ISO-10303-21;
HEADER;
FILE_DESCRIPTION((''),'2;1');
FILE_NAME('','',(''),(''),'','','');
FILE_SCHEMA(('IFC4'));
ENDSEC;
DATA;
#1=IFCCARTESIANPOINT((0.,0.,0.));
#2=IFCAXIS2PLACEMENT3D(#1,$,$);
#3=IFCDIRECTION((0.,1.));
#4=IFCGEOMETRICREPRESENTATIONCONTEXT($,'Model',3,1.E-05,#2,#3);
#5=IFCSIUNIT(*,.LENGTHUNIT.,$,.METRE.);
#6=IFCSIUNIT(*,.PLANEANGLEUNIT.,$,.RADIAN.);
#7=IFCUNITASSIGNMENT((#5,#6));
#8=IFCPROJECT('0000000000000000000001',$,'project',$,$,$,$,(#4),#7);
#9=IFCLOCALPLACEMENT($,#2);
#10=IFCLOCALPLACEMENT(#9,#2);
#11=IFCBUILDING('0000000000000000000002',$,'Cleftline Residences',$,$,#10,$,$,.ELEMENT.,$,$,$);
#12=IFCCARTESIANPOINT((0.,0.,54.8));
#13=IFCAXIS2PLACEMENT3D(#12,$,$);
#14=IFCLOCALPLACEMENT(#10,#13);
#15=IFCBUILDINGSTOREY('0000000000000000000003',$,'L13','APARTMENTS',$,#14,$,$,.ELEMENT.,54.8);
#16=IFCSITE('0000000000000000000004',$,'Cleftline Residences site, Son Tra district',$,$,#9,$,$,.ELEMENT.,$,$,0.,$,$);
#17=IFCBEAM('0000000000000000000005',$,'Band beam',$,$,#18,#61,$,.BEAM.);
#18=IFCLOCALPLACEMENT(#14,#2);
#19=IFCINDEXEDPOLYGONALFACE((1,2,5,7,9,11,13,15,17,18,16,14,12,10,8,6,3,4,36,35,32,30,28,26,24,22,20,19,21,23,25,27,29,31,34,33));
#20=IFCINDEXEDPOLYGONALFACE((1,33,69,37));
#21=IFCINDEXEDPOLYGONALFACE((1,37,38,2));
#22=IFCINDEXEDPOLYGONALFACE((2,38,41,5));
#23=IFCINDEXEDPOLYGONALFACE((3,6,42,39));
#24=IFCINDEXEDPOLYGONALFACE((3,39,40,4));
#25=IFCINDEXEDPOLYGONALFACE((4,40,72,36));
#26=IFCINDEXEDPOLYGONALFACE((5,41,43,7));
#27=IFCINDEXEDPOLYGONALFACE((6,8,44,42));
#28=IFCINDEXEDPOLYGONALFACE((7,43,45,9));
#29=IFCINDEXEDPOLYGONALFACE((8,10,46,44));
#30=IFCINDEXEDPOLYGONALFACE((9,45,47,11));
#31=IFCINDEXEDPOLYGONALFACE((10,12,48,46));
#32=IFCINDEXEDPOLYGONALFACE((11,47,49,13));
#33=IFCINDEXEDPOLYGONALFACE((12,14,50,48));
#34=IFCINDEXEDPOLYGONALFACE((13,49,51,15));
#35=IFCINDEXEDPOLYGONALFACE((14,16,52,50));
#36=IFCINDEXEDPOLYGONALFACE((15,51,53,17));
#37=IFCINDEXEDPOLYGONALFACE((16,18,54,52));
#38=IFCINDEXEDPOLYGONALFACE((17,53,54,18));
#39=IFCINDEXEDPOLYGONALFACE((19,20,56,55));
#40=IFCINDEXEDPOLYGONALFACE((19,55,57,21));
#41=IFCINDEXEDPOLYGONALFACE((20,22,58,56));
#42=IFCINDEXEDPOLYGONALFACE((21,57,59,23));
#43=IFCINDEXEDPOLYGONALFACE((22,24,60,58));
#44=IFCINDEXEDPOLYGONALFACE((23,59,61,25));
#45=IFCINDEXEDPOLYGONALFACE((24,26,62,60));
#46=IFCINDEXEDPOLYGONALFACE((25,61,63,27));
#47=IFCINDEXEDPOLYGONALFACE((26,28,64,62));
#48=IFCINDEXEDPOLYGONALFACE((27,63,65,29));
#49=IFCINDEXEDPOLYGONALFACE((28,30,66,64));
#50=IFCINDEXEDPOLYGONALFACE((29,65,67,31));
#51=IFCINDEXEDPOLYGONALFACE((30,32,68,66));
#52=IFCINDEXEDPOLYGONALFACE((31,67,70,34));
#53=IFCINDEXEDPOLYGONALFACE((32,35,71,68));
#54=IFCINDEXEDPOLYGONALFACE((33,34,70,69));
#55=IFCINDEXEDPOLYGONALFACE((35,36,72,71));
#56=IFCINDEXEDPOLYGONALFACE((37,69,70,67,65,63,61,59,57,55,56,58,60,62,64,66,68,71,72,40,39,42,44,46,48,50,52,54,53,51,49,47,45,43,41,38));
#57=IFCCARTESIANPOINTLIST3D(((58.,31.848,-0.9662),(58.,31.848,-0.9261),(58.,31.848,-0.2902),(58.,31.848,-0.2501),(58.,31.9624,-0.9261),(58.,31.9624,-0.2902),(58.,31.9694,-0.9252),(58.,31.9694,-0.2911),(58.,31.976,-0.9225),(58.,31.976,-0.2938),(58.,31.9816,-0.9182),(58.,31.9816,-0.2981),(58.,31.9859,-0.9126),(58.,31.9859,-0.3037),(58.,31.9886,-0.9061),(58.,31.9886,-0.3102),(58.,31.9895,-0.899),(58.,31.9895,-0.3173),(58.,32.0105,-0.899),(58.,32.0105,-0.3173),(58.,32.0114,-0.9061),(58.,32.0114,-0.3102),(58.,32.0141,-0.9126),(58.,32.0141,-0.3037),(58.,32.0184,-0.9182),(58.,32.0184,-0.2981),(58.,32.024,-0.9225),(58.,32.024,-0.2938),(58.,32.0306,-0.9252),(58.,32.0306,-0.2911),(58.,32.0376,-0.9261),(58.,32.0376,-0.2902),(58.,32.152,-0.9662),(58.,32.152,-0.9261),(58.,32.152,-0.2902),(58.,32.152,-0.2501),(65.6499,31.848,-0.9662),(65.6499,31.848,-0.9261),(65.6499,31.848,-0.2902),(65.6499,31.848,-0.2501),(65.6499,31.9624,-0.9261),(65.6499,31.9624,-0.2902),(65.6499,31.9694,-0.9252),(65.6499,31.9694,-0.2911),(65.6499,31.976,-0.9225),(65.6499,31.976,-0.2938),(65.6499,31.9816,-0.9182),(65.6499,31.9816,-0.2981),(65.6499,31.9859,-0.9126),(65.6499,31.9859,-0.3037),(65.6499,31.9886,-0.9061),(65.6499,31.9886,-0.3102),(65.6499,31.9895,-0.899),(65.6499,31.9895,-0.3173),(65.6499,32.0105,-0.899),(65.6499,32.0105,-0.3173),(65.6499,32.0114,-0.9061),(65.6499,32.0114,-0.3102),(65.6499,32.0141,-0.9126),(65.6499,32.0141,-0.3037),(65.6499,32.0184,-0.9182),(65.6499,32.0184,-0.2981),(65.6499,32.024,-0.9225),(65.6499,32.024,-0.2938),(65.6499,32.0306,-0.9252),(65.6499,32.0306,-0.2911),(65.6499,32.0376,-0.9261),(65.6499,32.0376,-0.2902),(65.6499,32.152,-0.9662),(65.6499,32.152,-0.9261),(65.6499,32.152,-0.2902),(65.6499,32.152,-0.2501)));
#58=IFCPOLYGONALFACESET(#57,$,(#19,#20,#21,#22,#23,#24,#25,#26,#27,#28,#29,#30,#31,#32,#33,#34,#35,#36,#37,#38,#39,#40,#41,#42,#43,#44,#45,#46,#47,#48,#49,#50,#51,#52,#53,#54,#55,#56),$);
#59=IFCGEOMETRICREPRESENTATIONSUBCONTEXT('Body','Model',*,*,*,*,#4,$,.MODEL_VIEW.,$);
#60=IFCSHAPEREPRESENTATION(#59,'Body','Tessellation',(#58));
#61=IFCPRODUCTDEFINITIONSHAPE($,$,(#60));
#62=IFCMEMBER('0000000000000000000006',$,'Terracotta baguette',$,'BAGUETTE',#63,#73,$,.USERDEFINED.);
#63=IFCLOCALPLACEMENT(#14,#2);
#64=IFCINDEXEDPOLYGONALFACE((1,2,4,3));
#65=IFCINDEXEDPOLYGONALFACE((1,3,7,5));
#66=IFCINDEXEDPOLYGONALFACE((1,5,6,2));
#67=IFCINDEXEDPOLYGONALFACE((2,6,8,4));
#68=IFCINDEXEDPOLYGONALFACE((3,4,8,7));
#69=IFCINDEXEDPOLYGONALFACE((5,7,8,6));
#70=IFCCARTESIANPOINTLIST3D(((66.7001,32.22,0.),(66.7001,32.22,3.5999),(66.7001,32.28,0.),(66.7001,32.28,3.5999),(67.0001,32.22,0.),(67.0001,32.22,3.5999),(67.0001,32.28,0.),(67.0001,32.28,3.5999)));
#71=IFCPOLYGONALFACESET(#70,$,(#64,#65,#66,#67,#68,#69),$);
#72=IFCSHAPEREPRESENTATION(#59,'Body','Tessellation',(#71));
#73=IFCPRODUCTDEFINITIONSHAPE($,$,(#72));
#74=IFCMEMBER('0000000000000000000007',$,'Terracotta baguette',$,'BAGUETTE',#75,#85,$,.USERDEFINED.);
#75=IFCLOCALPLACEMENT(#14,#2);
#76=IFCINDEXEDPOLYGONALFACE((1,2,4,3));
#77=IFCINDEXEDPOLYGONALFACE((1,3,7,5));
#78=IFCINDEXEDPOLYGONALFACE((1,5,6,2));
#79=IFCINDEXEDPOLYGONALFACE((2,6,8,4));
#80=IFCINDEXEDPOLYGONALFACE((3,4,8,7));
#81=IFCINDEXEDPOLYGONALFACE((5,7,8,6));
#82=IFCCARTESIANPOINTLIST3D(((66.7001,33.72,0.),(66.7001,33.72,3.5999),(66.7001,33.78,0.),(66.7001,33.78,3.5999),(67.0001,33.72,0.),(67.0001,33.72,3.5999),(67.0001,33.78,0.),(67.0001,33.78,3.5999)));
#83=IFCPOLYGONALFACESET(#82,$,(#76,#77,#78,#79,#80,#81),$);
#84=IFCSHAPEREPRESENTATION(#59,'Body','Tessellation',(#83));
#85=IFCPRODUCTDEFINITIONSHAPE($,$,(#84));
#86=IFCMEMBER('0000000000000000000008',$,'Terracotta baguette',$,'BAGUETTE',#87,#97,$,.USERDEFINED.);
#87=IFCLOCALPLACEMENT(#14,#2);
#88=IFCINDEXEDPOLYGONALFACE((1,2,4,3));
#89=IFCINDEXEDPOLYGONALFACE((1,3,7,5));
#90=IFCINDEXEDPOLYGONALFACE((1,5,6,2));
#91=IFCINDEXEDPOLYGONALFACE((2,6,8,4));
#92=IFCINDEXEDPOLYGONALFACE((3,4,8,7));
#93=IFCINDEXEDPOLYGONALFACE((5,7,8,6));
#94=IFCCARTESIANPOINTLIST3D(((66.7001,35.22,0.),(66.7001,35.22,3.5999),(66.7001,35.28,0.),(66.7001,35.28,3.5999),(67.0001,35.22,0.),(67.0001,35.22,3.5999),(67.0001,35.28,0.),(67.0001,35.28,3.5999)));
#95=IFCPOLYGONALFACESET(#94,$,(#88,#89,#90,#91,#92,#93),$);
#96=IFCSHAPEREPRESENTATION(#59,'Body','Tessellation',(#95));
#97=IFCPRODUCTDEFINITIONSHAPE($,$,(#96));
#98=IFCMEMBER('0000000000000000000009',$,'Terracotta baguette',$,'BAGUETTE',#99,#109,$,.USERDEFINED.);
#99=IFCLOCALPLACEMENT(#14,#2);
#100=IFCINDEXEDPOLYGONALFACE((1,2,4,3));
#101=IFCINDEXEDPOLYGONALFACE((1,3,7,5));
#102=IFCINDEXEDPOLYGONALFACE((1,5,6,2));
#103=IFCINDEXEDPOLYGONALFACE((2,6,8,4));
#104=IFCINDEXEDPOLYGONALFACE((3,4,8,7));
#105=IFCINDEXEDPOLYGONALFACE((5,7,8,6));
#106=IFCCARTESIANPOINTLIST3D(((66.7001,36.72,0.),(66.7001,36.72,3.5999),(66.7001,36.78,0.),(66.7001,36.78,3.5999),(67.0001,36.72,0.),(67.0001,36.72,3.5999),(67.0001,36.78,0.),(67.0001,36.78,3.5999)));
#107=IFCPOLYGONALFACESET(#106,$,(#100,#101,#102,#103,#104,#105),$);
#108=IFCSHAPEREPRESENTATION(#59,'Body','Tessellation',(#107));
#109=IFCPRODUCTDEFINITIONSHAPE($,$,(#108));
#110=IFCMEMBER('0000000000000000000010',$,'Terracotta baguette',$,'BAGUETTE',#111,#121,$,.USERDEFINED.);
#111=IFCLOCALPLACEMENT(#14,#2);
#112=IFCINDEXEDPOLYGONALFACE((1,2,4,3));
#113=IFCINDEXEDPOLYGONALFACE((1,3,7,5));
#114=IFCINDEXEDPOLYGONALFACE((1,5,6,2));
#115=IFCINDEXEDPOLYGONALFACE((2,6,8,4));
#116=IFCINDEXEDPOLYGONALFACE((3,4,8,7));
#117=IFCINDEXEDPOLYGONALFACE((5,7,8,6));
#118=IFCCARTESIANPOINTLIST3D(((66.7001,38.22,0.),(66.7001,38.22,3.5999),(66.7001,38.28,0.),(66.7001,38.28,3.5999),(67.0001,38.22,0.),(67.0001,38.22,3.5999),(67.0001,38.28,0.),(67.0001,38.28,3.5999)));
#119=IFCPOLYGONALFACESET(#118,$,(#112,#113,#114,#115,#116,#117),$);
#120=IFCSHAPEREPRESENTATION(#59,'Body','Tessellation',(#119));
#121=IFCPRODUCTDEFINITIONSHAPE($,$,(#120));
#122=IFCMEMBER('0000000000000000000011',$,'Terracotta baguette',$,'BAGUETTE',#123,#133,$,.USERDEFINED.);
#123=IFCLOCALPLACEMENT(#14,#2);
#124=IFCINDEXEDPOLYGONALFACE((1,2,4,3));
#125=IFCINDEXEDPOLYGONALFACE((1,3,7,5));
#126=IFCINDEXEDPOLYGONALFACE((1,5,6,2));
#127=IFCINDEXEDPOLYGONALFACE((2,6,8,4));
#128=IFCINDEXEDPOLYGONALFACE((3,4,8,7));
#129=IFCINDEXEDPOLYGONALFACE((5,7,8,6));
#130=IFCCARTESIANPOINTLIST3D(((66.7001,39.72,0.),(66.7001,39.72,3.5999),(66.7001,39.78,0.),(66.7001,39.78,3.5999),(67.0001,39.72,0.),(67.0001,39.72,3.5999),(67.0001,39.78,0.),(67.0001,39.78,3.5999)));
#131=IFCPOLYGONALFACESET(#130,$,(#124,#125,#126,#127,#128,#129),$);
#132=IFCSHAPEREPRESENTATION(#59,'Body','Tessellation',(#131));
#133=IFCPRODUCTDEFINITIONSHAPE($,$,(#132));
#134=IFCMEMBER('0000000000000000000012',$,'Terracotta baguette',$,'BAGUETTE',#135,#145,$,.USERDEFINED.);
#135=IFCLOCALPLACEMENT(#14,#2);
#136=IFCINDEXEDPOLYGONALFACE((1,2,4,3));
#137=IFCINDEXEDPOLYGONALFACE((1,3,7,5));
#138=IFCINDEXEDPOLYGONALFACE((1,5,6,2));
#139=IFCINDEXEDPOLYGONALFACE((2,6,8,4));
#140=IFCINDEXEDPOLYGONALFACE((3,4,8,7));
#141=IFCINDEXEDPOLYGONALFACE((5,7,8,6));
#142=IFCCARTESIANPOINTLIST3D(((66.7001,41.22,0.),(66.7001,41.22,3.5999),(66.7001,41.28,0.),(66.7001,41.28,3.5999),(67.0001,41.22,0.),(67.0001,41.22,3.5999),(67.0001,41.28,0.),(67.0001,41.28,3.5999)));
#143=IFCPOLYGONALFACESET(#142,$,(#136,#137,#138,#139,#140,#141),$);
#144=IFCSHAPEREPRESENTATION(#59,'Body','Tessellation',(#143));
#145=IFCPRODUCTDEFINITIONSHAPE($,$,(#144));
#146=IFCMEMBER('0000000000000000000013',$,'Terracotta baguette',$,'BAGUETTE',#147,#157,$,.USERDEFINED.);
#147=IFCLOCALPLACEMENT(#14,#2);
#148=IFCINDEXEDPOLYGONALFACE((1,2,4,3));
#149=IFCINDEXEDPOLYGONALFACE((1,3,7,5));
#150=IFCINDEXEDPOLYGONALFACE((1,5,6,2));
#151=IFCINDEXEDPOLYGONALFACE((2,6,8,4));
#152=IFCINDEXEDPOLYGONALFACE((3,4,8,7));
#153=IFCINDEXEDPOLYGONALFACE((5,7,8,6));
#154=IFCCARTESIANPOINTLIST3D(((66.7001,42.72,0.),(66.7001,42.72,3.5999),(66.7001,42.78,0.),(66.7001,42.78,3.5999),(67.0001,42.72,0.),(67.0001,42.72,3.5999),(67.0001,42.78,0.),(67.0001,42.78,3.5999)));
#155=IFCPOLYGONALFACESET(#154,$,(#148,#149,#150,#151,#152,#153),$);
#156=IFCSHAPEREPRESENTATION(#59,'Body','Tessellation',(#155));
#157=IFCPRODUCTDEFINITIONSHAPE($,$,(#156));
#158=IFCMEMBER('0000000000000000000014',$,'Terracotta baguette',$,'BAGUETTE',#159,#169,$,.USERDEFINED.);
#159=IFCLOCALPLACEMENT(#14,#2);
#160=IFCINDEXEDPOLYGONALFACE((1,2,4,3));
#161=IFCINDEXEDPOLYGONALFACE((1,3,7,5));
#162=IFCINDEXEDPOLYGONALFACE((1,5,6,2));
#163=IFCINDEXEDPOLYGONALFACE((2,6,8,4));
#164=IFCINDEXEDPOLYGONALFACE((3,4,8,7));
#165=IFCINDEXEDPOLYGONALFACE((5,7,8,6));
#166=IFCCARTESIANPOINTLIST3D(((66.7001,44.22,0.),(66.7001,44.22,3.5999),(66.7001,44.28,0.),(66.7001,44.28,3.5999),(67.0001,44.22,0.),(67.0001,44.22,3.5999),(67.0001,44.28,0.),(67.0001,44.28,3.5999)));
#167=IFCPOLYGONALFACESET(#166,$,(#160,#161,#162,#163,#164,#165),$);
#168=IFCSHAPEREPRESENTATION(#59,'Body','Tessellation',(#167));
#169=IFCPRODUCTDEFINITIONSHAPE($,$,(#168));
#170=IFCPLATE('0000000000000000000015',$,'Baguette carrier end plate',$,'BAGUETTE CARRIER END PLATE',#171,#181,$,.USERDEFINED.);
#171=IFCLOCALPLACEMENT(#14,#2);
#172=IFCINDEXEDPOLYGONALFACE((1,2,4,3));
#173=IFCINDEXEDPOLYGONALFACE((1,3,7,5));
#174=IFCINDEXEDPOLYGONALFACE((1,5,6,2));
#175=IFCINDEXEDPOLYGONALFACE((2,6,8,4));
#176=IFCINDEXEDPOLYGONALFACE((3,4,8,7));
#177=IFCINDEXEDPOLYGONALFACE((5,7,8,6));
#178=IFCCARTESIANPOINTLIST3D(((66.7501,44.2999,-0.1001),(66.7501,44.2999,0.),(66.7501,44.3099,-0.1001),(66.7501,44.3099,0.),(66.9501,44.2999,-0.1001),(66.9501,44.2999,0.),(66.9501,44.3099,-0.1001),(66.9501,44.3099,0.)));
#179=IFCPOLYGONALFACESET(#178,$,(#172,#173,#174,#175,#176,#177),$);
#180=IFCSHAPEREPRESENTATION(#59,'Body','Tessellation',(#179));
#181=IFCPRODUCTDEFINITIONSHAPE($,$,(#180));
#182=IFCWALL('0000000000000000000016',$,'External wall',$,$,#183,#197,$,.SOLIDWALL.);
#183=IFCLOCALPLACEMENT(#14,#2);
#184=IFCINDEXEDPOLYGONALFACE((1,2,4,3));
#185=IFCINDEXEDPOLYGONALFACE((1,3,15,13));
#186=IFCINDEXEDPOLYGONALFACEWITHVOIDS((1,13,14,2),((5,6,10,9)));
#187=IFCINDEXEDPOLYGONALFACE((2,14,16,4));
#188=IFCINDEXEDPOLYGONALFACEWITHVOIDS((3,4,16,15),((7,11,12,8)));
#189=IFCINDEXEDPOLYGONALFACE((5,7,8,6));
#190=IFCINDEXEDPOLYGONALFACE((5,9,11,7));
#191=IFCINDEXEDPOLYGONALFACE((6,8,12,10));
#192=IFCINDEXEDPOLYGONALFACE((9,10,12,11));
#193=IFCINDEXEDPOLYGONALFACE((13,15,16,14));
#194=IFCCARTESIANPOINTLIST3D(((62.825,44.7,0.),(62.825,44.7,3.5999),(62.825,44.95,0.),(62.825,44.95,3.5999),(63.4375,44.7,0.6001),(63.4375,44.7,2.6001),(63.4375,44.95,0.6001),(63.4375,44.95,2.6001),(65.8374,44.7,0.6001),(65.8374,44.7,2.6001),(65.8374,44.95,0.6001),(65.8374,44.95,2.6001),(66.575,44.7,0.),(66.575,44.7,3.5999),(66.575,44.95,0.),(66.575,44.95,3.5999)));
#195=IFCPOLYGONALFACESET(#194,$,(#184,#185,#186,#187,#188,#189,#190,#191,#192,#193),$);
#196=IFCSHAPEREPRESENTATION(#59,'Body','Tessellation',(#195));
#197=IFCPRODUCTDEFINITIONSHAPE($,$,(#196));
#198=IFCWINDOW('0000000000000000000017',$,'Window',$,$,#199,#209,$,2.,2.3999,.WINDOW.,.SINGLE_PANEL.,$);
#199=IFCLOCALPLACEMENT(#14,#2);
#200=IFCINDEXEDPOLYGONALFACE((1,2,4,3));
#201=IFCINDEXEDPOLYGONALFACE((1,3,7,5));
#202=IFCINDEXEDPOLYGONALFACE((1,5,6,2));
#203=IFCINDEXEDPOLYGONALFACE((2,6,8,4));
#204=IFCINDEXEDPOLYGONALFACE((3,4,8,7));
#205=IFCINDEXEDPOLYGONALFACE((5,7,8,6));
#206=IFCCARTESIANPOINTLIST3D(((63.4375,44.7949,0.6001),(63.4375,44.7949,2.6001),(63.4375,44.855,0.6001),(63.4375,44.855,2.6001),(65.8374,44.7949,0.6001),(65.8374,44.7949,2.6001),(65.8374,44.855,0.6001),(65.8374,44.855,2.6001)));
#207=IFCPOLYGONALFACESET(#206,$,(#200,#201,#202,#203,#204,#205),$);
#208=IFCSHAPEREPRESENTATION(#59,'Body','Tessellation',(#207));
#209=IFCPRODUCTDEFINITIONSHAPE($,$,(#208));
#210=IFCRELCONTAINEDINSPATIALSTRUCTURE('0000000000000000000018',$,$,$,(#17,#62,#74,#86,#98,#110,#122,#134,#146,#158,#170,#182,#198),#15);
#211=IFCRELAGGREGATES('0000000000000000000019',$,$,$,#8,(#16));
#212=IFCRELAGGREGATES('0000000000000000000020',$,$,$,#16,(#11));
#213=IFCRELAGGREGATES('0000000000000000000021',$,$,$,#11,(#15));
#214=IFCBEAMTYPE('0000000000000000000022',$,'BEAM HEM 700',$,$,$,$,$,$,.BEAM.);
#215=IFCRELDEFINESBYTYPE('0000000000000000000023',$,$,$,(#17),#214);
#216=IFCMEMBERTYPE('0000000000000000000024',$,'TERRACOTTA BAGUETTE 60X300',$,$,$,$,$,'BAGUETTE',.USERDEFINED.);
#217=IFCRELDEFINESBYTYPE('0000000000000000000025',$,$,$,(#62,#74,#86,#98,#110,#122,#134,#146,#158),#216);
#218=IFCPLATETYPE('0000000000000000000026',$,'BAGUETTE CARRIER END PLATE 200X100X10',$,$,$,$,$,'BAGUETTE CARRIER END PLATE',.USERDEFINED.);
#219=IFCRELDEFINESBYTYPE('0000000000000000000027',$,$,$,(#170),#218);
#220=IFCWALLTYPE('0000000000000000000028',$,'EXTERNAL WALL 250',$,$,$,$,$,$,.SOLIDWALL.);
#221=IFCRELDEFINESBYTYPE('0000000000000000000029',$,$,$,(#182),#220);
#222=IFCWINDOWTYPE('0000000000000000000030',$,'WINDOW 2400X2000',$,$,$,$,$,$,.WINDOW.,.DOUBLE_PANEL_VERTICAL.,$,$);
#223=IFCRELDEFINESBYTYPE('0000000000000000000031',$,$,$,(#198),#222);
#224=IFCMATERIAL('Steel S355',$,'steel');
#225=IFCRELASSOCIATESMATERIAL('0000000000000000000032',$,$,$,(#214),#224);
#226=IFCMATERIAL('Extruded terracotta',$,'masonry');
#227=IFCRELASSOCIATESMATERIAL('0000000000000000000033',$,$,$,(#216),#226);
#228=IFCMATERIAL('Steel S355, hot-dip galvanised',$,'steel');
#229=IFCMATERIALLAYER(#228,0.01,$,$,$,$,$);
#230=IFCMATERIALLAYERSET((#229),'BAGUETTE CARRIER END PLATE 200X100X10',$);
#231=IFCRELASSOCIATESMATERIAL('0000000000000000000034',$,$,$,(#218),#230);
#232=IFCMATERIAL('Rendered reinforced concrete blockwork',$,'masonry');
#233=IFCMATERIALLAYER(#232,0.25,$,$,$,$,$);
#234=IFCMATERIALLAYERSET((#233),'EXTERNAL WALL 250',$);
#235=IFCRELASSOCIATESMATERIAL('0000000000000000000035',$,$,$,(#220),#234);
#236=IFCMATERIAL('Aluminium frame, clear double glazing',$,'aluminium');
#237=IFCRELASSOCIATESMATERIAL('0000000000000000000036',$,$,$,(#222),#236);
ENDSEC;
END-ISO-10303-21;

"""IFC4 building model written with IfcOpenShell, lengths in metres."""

from ifc_helpers import new_model, si_unit, direction, frame, frame_2d, origin, origin_2d, place, context, subcontext, project, spatial, rectangle, i_section, extrude, material, layer, layer_set, material_profile, profile_set, type_object, element, fill, save


model = new_model("IFC4")

# Units and contexts
model_context = context("Model", 3, precision=1e-05, world=origin(), true_north=direction((0.0, 1.0)))
body_context = subcontext(model_context, "Body", "Model", "MODEL_VIEW")
ifc_project = project(units=[si_unit("LENGTHUNIT", "METRE"), si_unit("PLANEANGLEUNIT", "RADIAN")], contexts=[model_context])

# Site, building, storey
site_placement = place(None, origin())
site = spatial("IfcSite", under=ifc_project, at=site_placement, Name="Cleftline Residences site, Son Tra district", CompositionType="ELEMENT", RefElevation=0.0)
building_placement = place(site_placement, origin())
building = spatial("IfcBuilding", under=site, at=building_placement, Name="Cleftline Residences", CompositionType="ELEMENT")
storey_placement = place(building_placement, frame((0.0, 0.0, 54.8)))
storey = spatial("IfcBuildingStorey", under=building, at=storey_placement, Name="L13", Description="APARTMENTS", CompositionType="ELEMENT", Elevation=54.8)

# Beam
ifc_material_1 = material(Name="Steel S355", Category="steel")
ifc_material_profile_1 = material_profile(ifc_material_1, i_section(OverallWidth=0.304, OverallDepth=0.7161, WebThickness=0.021, FlangeThickness=0.04, FilletRadius=0.0271, at=origin_2d()))
ifc_profile_set_1 = profile_set([ifc_material_profile_1], Name="Steel S355")
beam_type_1 = type_object("IfcBeamType", Name="BEAM HEM 700", PredefinedType="BEAM", material=ifc_profile_set_1)
beam_placement = place(storey_placement, frame((65.6499, 32.0, -0.6082), z_axis=(-1.0, 0.0, 0.0), x_axis=(0.0, -1.0, 0.0)))
element("IfcBeam", 1, at=beam_placement, inside=storey, type_object=beam_type_1, Name="Band beam", PredefinedType="BEAM", context=body_context, shape_type="SweptSolid", body=[
    extrude(i_section(OverallWidth=0.304, OverallDepth=0.7161, WebThickness=0.021, FlangeThickness=0.04, FilletRadius=0.0271, at=origin_2d()), origin(), (0.0, 0.0, 1.0), 7.6499),
])

# Members
ifc_material_2 = material(Name="Extruded terracotta", Category="masonry")
ifc_material_profile_2 = material_profile(ifc_material_2, rectangle(XDim=0.0601, YDim=0.3, at=origin_2d()))
ifc_profile_set_2 = profile_set([ifc_material_profile_2], Name="Extruded terracotta")
member_type_1 = type_object("IfcMemberType", Name="TERRACOTTA BAGUETTE 60X300", ElementType="BAGUETTE", PredefinedType="USERDEFINED", material=ifc_profile_set_2)
for number, where, z_axis, x_axis, name in (
    (2, (66.8501, 32.25, 0.0), (0.0, 0.0, 1.0), (0.0, 1.0, 0.0), "Terracotta baguette"),
    (3, (66.8501, 33.75, 0.0), (0.0, 0.0, 1.0), (0.0, 1.0, 0.0), "Terracotta baguette"),
    (4, (66.8501, 35.25, 0.0), (0.0, 0.0, 1.0), (0.0, 1.0, 0.0), "Terracotta baguette"),
    (5, (66.8501, 36.75, 0.0), (0.0, 0.0, 1.0), (0.0, 1.0, 0.0), "Terracotta baguette"),
    (6, (66.8501, 38.25, 0.0), (0.0, 0.0, 1.0), (0.0, 1.0, 0.0), "Terracotta baguette"),
    (7, (66.8501, 39.75, 0.0), (0.0, 0.0, 1.0), (0.0, 1.0, 0.0), "Terracotta baguette"),
    (8, (66.8501, 41.25, 0.0), (0.0, 0.0, 1.0), (0.0, 1.0, 0.0), "Terracotta baguette"),
    (9, (66.8501, 42.75, 0.0), (0.0, 0.0, 1.0), (0.0, 1.0, 0.0), "Terracotta baguette"),
    (10, (66.8501, 44.25, 0.0), (0.0, 0.0, 1.0), (0.0, 1.0, 0.0), "Terracotta baguette"),
):
    element("IfcMember", number, at=place(storey_placement, frame(where, z_axis=z_axis, x_axis=x_axis)), inside=storey, type_object=member_type_1, Name=name, ObjectType="BAGUETTE", PredefinedType="USERDEFINED", context=body_context, shape_type="SweptSolid", body=[
        extrude(rectangle(XDim=0.0601, YDim=0.3, at=origin_2d()), origin(), (0.0, 0.0, 1.0), 3.5999),
    ])

# Plate
ifc_material_3 = material(Name="Steel S355, hot-dip galvanised", Category="steel")
ifc_layer_1 = layer(ifc_material_3, 0.01)
ifc_layer_set_1 = layer_set([ifc_layer_1], Name="BAGUETTE CARRIER END PLATE 200X100X10")
plate_type = type_object("IfcPlateType", Name="BAGUETTE CARRIER END PLATE 200X100X10", ElementType="BAGUETTE CARRIER END PLATE", PredefinedType="USERDEFINED", material=ifc_layer_set_1)
plate_placement = place(storey_placement, frame((66.8501, 44.3049, -0.1001), z_axis=(0.0, 0.0, 1.0), x_axis=(1.0, 0.0, 0.0)))
element("IfcPlate", 11, at=plate_placement, inside=storey, type_object=plate_type, Name="Baguette carrier end plate", ObjectType="BAGUETTE CARRIER END PLATE", PredefinedType="USERDEFINED", context=body_context, shape_type="SweptSolid", body=[
    extrude(rectangle(XDim=0.2, YDim=0.01, at=origin_2d()), origin(), (0.0, 0.0, 1.0), 0.1001),
])

# Wall, opening, window
ifc_material_4 = material(Name="Rendered reinforced concrete blockwork", Category="masonry")
ifc_layer_2 = layer(ifc_material_4, 0.25)
ifc_layer_set_2 = layer_set([ifc_layer_2], Name="EXTERNAL WALL 250")
wall_type_1 = type_object("IfcWallType", Name="EXTERNAL WALL 250", PredefinedType="SOLIDWALL", material=ifc_layer_set_2)
wall_1_placement = place(storey_placement, frame((66.575, 44.825, 0.0), z_axis=(0.0, 0.0, 1.0), x_axis=(-1.0, 0.0, 0.0)))
wall_1 = element("IfcWall", 12, at=wall_1_placement, inside=storey, type_object=wall_type_1, Name="External wall", PredefinedType="SOLIDWALL", context=body_context, shape_type="SweptSolid", body=[
    extrude(rectangle(XDim=3.75, YDim=0.25, at=frame_2d((1.875, 0.0))), origin(), (0.0, 0.0, 1.0), 3.5999),
])
opening_1_placement = place(wall_1_placement, frame((0.7375, 0.0, 0.6001)))
opening_1 = element("IfcOpeningElement", 13, at=opening_1_placement, cuts=wall_1, PredefinedType="OPENING", context=body_context, shape_type="SweptSolid", body=[
    extrude(rectangle(XDim=2.3999, YDim=2.0, at=frame_2d((1.2, 1.0))), frame((0.0, 0.135, 0.0), z_axis=(0.0, -1.0, 0.0), x_axis=(1.0, 0.0, 0.0)), (0.0, 0.0, 1.0), 0.27),
])
ifc_material_5 = material(Name="Aluminium frame, clear double glazing", Category="aluminium")
window_type_1 = type_object("IfcWindowType", Name="WINDOW 2400X2000", PartitioningType="DOUBLE_PANEL_VERTICAL", PredefinedType="WINDOW", material=ifc_material_5)
window_1_placement = place(opening_1_placement, origin())
window_1 = element("IfcWindow", 14, at=window_1_placement, inside=storey, type_object=window_type_1, Name="Window", OverallHeight=2.0, OverallWidth=2.3999, PartitioningType="SINGLE_PANEL", PredefinedType="WINDOW", context=body_context, shape_type="SweptSolid", body=[
    extrude(rectangle(XDim=2.3999, YDim=2.0, at=frame_2d((1.2, 1.0))), frame((0.0, 0.03, 0.0), z_axis=(0.0, -1.0, 0.0), x_axis=(1.0, 0.0, 0.0)), (0.0, 0.0, 1.0), 0.0601),
])
fill(opening_1, window_1)

save(model, "model.ifc")
